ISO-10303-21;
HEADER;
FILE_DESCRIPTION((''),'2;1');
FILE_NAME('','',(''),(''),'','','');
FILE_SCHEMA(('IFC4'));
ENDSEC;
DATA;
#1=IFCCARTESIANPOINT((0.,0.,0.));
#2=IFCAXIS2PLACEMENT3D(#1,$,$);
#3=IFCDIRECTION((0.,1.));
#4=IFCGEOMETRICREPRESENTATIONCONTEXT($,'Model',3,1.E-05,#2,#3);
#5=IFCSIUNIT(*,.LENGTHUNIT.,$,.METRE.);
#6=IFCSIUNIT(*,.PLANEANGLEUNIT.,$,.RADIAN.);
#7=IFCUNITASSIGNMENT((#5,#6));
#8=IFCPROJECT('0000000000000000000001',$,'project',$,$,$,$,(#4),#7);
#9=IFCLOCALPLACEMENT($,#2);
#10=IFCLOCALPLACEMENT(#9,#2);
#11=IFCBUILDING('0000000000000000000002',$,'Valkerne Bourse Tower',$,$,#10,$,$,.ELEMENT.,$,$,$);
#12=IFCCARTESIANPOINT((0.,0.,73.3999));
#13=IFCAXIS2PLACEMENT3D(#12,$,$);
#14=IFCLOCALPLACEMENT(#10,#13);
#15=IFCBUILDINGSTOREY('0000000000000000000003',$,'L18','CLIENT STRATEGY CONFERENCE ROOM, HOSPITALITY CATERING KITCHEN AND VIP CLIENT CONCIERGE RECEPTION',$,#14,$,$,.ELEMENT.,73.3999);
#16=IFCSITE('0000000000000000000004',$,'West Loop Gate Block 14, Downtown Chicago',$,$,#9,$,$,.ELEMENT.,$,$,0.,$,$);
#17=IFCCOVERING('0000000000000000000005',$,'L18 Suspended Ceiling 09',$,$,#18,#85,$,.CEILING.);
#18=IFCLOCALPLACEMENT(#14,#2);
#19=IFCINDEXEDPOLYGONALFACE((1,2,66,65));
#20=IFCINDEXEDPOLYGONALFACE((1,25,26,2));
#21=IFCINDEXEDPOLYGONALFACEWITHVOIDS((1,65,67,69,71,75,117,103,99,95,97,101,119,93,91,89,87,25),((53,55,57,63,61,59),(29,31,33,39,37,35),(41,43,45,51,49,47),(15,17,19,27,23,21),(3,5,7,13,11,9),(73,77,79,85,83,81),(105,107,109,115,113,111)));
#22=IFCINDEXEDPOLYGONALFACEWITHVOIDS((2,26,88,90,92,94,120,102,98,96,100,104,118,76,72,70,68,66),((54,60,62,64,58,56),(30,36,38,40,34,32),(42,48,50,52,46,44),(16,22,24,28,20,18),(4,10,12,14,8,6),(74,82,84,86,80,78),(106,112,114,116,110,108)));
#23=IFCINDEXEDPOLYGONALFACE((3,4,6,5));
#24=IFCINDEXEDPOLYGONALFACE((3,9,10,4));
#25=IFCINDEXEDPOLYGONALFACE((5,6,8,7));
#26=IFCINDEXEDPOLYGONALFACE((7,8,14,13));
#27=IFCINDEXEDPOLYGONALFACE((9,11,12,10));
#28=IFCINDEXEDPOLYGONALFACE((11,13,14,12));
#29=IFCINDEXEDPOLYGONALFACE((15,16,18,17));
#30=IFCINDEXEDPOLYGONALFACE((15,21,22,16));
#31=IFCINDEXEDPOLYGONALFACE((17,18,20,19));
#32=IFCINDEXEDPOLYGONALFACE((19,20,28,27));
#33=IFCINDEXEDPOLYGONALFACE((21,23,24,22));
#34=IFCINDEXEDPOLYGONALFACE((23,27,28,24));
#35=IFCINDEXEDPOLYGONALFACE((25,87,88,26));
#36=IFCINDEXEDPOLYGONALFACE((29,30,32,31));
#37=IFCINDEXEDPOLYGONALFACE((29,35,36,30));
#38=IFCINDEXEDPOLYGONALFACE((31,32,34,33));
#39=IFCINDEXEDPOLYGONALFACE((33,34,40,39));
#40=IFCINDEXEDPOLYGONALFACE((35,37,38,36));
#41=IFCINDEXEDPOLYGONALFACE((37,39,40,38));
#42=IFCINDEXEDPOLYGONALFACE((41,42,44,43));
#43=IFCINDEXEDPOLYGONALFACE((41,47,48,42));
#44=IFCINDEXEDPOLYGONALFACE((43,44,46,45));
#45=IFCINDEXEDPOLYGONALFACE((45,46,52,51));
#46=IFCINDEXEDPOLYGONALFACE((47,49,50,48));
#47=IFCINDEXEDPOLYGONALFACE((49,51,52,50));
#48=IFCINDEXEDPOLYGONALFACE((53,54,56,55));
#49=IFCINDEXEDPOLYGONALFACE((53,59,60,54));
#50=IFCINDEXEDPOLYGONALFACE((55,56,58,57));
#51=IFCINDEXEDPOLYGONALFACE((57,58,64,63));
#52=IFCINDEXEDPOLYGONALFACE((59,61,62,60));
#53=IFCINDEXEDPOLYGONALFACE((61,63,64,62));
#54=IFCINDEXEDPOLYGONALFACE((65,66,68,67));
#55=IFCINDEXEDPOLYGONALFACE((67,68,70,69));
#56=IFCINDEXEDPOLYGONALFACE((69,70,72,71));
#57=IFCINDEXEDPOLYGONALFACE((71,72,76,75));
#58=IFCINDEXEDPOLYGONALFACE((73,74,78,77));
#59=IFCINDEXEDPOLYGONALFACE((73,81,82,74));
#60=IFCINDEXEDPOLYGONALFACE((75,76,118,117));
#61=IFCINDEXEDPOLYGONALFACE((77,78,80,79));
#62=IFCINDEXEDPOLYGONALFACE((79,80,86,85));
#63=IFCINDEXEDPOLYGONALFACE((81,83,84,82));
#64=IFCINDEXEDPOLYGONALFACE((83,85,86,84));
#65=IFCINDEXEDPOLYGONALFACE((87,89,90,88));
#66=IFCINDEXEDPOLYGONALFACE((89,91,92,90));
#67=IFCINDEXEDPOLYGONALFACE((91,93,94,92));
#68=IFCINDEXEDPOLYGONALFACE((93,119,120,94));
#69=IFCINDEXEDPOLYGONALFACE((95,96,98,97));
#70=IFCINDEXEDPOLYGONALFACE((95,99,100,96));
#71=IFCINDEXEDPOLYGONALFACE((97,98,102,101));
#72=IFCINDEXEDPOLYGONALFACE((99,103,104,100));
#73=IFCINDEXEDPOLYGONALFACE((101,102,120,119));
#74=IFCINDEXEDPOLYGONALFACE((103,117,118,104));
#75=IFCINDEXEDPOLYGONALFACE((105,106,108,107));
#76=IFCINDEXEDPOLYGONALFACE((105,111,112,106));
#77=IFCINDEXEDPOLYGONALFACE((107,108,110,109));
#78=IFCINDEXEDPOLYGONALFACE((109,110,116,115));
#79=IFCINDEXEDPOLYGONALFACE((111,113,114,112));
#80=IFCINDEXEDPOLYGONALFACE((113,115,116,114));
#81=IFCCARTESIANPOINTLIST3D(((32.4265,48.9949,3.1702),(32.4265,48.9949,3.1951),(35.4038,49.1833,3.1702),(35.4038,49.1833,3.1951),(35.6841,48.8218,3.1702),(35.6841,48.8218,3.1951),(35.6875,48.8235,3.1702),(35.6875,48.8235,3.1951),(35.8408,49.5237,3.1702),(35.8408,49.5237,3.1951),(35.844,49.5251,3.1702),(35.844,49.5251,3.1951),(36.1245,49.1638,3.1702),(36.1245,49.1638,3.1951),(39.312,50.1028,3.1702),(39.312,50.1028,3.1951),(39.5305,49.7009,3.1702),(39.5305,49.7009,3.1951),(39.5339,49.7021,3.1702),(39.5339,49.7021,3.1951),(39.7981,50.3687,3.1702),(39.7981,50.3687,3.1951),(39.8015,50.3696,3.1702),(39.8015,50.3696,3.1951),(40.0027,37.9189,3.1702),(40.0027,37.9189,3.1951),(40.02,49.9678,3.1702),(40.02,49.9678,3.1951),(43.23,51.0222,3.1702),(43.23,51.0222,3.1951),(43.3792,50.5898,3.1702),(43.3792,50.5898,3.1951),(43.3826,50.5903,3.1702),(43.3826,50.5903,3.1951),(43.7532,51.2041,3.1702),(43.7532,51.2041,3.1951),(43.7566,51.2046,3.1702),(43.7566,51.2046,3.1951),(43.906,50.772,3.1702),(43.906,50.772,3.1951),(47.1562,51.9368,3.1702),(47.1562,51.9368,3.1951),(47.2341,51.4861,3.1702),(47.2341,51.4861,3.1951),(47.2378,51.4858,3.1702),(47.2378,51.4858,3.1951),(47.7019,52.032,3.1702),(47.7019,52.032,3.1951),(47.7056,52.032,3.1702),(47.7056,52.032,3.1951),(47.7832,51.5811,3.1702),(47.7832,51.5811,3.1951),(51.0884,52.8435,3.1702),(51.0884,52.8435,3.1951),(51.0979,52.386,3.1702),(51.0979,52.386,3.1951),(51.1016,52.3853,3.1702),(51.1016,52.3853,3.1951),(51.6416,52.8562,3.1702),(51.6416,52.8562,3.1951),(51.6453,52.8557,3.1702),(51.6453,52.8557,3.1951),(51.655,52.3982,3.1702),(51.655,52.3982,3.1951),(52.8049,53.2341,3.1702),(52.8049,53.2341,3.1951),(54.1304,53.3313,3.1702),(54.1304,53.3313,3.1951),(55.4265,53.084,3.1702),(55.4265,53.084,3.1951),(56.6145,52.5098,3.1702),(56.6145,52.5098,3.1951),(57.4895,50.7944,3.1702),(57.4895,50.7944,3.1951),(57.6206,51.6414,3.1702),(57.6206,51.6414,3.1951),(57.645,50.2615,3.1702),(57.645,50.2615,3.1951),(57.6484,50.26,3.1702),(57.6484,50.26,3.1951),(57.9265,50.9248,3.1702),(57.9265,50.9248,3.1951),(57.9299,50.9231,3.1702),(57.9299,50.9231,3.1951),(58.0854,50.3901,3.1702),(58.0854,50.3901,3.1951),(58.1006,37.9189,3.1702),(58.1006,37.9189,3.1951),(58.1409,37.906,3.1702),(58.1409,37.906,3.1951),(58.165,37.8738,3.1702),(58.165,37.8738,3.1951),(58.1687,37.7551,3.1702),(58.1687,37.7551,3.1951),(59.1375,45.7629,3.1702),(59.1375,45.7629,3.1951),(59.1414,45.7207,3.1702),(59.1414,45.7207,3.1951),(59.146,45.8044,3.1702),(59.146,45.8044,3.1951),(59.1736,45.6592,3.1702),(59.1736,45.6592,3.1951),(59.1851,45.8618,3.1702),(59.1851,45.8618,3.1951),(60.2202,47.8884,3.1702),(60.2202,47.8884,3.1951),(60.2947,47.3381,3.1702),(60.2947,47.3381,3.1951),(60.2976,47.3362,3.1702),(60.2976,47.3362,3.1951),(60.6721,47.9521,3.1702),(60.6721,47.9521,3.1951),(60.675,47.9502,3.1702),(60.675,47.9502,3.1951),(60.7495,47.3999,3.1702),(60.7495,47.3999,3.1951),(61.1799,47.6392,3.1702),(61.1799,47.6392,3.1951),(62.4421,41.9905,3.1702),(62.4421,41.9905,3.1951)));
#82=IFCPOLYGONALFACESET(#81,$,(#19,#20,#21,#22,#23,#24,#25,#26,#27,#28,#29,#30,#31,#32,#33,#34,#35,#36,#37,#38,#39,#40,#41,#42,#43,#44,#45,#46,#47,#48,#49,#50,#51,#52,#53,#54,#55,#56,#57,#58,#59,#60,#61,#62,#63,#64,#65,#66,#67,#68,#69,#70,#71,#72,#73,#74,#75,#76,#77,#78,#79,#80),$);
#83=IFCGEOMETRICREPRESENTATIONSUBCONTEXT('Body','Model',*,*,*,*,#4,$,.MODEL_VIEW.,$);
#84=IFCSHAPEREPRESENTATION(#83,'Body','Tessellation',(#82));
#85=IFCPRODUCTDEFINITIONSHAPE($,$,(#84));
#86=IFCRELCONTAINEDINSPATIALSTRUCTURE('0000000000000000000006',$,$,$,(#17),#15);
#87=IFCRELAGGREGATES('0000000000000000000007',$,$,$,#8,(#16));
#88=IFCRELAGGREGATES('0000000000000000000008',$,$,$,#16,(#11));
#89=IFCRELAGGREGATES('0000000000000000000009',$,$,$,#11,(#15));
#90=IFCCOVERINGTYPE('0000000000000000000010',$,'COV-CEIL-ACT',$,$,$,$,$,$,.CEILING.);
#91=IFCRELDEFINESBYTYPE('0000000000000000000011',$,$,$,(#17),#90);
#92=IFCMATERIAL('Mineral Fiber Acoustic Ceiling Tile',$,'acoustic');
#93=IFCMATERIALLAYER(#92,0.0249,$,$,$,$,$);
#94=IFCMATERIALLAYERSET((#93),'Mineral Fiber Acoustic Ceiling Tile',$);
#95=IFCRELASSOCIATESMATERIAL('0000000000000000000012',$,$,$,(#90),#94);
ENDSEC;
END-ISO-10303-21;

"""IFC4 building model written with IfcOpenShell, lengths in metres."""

from ifc_helpers import new_model, si_unit, direction, frame, origin, place, context, subcontext, project, spatial, polyline, outline, extrude, material, layer, layer_set, type_object, element, save


model = new_model("IFC4")

# Units and contexts
model_context = context("Model", 3, precision=1e-05, world=origin(), true_north=direction((0.0, 1.0)))
body_context = subcontext(model_context, "Body", "Model", "MODEL_VIEW")
ifc_project = project(units=[si_unit("LENGTHUNIT", "METRE"), si_unit("PLANEANGLEUNIT", "RADIAN")], contexts=[model_context])

# Site, building, storey
site_placement = place(None, origin())
site = spatial("IfcSite", under=ifc_project, at=site_placement, Name="West Loop Gate Block 14, Downtown Chicago", CompositionType="ELEMENT", RefElevation=0.0)
building_placement = place(site_placement, origin())
building = spatial("IfcBuilding", under=site, at=building_placement, Name="Valkerne Bourse Tower", CompositionType="ELEMENT")
storey_placement = place(building_placement, frame((0.0, 0.0, 73.3999)))
storey = spatial("IfcBuildingStorey", under=building, at=storey_placement, Name="L18", Description="CLIENT STRATEGY CONFERENCE ROOM, HOSPITALITY CATERING KITCHEN AND VIP CLIENT CONCIERGE RECEPTION", CompositionType="ELEMENT", Elevation=73.3999)

# Covering
ifc_material_1 = material(Name="Mineral Fiber Acoustic Ceiling Tile", Category="acoustic")
ifc_layer_1 = layer(ifc_material_1, 0.0249)
ifc_layer_set_1 = layer_set([ifc_layer_1], Name="Mineral Fiber Acoustic Ceiling Tile")
covering_type_1 = type_object("IfcCoveringType", Name="COV-CEIL-ACT", PredefinedType="CEILING", material=ifc_layer_set_1)
covering_1_placement = place(storey_placement, frame((0.0, 0.0, 3.1702)))
element("IfcCovering", 1, at=covering_1_placement, inside=storey, type_object=covering_type_1, Name="L18 Suspended Ceiling 09", PredefinedType="CEILING", context=body_context, shape_type="SweptSolid", body=[
    extrude(outline(polyline([(55.4265, 53.084), (56.6145, 52.5098), (57.6206, 51.6414), (61.1799, 47.6392), (59.1851, 45.8618), (59.146, 45.8044), (59.1375, 45.7629), (59.1414, 45.7207), (59.1736, 45.6592), (62.4421, 41.9905), (58.1687, 37.7551), (58.165, 37.8738), (58.1409, 37.906), (58.1006, 37.9189), (40.0027, 37.9189), (32.4265, 48.9949), (52.8049, 53.2341), (54.1304, 53.3313), (55.4265, 53.084)]), holes=[polyline([(35.6875, 48.8235), (36.1245, 49.1638), (35.844, 49.5251), (35.8408, 49.5237), (35.4038, 49.1833), (35.6841, 48.8218), (35.6875, 48.8235)]), polyline([(39.5339, 49.7021), (40.02, 49.9678), (39.8015, 50.3696), (39.7981, 50.3687), (39.312, 50.1028), (39.5305, 49.7009), (39.5339, 49.7021)]), polyline([(43.906, 50.772), (43.7566, 51.2046), (43.7532, 51.2041), (43.23, 51.0222), (43.3792, 50.5898), (43.3826, 50.5903), (43.906, 50.772)]), polyline([(47.7832, 51.5811), (47.7056, 52.032), (47.7019, 52.032), (47.1562, 51.9368), (47.2341, 51.4861), (47.2378, 51.4858), (47.7832, 51.5811)]), polyline([(51.655, 52.3982), (51.6453, 52.8557), (51.6416, 52.8562), (51.0884, 52.8435), (51.0979, 52.386), (51.1016, 52.3853), (51.655, 52.3982)]), polyline([(60.675, 47.9502), (60.6721, 47.9521), (60.2202, 47.8884), (60.2947, 47.3381), (60.2976, 47.3362), (60.7495, 47.3999), (60.675, 47.9502)]), polyline([(58.0854, 50.3901), (57.9299, 50.9231), (57.9265, 50.9248), (57.4895, 50.7944), (57.645, 50.2615), (57.6484, 50.26), (58.0854, 50.3901)])]), origin(), (0.0, 0.0, 1.0), 0.0249),
])

save(model, "model.ifc")
